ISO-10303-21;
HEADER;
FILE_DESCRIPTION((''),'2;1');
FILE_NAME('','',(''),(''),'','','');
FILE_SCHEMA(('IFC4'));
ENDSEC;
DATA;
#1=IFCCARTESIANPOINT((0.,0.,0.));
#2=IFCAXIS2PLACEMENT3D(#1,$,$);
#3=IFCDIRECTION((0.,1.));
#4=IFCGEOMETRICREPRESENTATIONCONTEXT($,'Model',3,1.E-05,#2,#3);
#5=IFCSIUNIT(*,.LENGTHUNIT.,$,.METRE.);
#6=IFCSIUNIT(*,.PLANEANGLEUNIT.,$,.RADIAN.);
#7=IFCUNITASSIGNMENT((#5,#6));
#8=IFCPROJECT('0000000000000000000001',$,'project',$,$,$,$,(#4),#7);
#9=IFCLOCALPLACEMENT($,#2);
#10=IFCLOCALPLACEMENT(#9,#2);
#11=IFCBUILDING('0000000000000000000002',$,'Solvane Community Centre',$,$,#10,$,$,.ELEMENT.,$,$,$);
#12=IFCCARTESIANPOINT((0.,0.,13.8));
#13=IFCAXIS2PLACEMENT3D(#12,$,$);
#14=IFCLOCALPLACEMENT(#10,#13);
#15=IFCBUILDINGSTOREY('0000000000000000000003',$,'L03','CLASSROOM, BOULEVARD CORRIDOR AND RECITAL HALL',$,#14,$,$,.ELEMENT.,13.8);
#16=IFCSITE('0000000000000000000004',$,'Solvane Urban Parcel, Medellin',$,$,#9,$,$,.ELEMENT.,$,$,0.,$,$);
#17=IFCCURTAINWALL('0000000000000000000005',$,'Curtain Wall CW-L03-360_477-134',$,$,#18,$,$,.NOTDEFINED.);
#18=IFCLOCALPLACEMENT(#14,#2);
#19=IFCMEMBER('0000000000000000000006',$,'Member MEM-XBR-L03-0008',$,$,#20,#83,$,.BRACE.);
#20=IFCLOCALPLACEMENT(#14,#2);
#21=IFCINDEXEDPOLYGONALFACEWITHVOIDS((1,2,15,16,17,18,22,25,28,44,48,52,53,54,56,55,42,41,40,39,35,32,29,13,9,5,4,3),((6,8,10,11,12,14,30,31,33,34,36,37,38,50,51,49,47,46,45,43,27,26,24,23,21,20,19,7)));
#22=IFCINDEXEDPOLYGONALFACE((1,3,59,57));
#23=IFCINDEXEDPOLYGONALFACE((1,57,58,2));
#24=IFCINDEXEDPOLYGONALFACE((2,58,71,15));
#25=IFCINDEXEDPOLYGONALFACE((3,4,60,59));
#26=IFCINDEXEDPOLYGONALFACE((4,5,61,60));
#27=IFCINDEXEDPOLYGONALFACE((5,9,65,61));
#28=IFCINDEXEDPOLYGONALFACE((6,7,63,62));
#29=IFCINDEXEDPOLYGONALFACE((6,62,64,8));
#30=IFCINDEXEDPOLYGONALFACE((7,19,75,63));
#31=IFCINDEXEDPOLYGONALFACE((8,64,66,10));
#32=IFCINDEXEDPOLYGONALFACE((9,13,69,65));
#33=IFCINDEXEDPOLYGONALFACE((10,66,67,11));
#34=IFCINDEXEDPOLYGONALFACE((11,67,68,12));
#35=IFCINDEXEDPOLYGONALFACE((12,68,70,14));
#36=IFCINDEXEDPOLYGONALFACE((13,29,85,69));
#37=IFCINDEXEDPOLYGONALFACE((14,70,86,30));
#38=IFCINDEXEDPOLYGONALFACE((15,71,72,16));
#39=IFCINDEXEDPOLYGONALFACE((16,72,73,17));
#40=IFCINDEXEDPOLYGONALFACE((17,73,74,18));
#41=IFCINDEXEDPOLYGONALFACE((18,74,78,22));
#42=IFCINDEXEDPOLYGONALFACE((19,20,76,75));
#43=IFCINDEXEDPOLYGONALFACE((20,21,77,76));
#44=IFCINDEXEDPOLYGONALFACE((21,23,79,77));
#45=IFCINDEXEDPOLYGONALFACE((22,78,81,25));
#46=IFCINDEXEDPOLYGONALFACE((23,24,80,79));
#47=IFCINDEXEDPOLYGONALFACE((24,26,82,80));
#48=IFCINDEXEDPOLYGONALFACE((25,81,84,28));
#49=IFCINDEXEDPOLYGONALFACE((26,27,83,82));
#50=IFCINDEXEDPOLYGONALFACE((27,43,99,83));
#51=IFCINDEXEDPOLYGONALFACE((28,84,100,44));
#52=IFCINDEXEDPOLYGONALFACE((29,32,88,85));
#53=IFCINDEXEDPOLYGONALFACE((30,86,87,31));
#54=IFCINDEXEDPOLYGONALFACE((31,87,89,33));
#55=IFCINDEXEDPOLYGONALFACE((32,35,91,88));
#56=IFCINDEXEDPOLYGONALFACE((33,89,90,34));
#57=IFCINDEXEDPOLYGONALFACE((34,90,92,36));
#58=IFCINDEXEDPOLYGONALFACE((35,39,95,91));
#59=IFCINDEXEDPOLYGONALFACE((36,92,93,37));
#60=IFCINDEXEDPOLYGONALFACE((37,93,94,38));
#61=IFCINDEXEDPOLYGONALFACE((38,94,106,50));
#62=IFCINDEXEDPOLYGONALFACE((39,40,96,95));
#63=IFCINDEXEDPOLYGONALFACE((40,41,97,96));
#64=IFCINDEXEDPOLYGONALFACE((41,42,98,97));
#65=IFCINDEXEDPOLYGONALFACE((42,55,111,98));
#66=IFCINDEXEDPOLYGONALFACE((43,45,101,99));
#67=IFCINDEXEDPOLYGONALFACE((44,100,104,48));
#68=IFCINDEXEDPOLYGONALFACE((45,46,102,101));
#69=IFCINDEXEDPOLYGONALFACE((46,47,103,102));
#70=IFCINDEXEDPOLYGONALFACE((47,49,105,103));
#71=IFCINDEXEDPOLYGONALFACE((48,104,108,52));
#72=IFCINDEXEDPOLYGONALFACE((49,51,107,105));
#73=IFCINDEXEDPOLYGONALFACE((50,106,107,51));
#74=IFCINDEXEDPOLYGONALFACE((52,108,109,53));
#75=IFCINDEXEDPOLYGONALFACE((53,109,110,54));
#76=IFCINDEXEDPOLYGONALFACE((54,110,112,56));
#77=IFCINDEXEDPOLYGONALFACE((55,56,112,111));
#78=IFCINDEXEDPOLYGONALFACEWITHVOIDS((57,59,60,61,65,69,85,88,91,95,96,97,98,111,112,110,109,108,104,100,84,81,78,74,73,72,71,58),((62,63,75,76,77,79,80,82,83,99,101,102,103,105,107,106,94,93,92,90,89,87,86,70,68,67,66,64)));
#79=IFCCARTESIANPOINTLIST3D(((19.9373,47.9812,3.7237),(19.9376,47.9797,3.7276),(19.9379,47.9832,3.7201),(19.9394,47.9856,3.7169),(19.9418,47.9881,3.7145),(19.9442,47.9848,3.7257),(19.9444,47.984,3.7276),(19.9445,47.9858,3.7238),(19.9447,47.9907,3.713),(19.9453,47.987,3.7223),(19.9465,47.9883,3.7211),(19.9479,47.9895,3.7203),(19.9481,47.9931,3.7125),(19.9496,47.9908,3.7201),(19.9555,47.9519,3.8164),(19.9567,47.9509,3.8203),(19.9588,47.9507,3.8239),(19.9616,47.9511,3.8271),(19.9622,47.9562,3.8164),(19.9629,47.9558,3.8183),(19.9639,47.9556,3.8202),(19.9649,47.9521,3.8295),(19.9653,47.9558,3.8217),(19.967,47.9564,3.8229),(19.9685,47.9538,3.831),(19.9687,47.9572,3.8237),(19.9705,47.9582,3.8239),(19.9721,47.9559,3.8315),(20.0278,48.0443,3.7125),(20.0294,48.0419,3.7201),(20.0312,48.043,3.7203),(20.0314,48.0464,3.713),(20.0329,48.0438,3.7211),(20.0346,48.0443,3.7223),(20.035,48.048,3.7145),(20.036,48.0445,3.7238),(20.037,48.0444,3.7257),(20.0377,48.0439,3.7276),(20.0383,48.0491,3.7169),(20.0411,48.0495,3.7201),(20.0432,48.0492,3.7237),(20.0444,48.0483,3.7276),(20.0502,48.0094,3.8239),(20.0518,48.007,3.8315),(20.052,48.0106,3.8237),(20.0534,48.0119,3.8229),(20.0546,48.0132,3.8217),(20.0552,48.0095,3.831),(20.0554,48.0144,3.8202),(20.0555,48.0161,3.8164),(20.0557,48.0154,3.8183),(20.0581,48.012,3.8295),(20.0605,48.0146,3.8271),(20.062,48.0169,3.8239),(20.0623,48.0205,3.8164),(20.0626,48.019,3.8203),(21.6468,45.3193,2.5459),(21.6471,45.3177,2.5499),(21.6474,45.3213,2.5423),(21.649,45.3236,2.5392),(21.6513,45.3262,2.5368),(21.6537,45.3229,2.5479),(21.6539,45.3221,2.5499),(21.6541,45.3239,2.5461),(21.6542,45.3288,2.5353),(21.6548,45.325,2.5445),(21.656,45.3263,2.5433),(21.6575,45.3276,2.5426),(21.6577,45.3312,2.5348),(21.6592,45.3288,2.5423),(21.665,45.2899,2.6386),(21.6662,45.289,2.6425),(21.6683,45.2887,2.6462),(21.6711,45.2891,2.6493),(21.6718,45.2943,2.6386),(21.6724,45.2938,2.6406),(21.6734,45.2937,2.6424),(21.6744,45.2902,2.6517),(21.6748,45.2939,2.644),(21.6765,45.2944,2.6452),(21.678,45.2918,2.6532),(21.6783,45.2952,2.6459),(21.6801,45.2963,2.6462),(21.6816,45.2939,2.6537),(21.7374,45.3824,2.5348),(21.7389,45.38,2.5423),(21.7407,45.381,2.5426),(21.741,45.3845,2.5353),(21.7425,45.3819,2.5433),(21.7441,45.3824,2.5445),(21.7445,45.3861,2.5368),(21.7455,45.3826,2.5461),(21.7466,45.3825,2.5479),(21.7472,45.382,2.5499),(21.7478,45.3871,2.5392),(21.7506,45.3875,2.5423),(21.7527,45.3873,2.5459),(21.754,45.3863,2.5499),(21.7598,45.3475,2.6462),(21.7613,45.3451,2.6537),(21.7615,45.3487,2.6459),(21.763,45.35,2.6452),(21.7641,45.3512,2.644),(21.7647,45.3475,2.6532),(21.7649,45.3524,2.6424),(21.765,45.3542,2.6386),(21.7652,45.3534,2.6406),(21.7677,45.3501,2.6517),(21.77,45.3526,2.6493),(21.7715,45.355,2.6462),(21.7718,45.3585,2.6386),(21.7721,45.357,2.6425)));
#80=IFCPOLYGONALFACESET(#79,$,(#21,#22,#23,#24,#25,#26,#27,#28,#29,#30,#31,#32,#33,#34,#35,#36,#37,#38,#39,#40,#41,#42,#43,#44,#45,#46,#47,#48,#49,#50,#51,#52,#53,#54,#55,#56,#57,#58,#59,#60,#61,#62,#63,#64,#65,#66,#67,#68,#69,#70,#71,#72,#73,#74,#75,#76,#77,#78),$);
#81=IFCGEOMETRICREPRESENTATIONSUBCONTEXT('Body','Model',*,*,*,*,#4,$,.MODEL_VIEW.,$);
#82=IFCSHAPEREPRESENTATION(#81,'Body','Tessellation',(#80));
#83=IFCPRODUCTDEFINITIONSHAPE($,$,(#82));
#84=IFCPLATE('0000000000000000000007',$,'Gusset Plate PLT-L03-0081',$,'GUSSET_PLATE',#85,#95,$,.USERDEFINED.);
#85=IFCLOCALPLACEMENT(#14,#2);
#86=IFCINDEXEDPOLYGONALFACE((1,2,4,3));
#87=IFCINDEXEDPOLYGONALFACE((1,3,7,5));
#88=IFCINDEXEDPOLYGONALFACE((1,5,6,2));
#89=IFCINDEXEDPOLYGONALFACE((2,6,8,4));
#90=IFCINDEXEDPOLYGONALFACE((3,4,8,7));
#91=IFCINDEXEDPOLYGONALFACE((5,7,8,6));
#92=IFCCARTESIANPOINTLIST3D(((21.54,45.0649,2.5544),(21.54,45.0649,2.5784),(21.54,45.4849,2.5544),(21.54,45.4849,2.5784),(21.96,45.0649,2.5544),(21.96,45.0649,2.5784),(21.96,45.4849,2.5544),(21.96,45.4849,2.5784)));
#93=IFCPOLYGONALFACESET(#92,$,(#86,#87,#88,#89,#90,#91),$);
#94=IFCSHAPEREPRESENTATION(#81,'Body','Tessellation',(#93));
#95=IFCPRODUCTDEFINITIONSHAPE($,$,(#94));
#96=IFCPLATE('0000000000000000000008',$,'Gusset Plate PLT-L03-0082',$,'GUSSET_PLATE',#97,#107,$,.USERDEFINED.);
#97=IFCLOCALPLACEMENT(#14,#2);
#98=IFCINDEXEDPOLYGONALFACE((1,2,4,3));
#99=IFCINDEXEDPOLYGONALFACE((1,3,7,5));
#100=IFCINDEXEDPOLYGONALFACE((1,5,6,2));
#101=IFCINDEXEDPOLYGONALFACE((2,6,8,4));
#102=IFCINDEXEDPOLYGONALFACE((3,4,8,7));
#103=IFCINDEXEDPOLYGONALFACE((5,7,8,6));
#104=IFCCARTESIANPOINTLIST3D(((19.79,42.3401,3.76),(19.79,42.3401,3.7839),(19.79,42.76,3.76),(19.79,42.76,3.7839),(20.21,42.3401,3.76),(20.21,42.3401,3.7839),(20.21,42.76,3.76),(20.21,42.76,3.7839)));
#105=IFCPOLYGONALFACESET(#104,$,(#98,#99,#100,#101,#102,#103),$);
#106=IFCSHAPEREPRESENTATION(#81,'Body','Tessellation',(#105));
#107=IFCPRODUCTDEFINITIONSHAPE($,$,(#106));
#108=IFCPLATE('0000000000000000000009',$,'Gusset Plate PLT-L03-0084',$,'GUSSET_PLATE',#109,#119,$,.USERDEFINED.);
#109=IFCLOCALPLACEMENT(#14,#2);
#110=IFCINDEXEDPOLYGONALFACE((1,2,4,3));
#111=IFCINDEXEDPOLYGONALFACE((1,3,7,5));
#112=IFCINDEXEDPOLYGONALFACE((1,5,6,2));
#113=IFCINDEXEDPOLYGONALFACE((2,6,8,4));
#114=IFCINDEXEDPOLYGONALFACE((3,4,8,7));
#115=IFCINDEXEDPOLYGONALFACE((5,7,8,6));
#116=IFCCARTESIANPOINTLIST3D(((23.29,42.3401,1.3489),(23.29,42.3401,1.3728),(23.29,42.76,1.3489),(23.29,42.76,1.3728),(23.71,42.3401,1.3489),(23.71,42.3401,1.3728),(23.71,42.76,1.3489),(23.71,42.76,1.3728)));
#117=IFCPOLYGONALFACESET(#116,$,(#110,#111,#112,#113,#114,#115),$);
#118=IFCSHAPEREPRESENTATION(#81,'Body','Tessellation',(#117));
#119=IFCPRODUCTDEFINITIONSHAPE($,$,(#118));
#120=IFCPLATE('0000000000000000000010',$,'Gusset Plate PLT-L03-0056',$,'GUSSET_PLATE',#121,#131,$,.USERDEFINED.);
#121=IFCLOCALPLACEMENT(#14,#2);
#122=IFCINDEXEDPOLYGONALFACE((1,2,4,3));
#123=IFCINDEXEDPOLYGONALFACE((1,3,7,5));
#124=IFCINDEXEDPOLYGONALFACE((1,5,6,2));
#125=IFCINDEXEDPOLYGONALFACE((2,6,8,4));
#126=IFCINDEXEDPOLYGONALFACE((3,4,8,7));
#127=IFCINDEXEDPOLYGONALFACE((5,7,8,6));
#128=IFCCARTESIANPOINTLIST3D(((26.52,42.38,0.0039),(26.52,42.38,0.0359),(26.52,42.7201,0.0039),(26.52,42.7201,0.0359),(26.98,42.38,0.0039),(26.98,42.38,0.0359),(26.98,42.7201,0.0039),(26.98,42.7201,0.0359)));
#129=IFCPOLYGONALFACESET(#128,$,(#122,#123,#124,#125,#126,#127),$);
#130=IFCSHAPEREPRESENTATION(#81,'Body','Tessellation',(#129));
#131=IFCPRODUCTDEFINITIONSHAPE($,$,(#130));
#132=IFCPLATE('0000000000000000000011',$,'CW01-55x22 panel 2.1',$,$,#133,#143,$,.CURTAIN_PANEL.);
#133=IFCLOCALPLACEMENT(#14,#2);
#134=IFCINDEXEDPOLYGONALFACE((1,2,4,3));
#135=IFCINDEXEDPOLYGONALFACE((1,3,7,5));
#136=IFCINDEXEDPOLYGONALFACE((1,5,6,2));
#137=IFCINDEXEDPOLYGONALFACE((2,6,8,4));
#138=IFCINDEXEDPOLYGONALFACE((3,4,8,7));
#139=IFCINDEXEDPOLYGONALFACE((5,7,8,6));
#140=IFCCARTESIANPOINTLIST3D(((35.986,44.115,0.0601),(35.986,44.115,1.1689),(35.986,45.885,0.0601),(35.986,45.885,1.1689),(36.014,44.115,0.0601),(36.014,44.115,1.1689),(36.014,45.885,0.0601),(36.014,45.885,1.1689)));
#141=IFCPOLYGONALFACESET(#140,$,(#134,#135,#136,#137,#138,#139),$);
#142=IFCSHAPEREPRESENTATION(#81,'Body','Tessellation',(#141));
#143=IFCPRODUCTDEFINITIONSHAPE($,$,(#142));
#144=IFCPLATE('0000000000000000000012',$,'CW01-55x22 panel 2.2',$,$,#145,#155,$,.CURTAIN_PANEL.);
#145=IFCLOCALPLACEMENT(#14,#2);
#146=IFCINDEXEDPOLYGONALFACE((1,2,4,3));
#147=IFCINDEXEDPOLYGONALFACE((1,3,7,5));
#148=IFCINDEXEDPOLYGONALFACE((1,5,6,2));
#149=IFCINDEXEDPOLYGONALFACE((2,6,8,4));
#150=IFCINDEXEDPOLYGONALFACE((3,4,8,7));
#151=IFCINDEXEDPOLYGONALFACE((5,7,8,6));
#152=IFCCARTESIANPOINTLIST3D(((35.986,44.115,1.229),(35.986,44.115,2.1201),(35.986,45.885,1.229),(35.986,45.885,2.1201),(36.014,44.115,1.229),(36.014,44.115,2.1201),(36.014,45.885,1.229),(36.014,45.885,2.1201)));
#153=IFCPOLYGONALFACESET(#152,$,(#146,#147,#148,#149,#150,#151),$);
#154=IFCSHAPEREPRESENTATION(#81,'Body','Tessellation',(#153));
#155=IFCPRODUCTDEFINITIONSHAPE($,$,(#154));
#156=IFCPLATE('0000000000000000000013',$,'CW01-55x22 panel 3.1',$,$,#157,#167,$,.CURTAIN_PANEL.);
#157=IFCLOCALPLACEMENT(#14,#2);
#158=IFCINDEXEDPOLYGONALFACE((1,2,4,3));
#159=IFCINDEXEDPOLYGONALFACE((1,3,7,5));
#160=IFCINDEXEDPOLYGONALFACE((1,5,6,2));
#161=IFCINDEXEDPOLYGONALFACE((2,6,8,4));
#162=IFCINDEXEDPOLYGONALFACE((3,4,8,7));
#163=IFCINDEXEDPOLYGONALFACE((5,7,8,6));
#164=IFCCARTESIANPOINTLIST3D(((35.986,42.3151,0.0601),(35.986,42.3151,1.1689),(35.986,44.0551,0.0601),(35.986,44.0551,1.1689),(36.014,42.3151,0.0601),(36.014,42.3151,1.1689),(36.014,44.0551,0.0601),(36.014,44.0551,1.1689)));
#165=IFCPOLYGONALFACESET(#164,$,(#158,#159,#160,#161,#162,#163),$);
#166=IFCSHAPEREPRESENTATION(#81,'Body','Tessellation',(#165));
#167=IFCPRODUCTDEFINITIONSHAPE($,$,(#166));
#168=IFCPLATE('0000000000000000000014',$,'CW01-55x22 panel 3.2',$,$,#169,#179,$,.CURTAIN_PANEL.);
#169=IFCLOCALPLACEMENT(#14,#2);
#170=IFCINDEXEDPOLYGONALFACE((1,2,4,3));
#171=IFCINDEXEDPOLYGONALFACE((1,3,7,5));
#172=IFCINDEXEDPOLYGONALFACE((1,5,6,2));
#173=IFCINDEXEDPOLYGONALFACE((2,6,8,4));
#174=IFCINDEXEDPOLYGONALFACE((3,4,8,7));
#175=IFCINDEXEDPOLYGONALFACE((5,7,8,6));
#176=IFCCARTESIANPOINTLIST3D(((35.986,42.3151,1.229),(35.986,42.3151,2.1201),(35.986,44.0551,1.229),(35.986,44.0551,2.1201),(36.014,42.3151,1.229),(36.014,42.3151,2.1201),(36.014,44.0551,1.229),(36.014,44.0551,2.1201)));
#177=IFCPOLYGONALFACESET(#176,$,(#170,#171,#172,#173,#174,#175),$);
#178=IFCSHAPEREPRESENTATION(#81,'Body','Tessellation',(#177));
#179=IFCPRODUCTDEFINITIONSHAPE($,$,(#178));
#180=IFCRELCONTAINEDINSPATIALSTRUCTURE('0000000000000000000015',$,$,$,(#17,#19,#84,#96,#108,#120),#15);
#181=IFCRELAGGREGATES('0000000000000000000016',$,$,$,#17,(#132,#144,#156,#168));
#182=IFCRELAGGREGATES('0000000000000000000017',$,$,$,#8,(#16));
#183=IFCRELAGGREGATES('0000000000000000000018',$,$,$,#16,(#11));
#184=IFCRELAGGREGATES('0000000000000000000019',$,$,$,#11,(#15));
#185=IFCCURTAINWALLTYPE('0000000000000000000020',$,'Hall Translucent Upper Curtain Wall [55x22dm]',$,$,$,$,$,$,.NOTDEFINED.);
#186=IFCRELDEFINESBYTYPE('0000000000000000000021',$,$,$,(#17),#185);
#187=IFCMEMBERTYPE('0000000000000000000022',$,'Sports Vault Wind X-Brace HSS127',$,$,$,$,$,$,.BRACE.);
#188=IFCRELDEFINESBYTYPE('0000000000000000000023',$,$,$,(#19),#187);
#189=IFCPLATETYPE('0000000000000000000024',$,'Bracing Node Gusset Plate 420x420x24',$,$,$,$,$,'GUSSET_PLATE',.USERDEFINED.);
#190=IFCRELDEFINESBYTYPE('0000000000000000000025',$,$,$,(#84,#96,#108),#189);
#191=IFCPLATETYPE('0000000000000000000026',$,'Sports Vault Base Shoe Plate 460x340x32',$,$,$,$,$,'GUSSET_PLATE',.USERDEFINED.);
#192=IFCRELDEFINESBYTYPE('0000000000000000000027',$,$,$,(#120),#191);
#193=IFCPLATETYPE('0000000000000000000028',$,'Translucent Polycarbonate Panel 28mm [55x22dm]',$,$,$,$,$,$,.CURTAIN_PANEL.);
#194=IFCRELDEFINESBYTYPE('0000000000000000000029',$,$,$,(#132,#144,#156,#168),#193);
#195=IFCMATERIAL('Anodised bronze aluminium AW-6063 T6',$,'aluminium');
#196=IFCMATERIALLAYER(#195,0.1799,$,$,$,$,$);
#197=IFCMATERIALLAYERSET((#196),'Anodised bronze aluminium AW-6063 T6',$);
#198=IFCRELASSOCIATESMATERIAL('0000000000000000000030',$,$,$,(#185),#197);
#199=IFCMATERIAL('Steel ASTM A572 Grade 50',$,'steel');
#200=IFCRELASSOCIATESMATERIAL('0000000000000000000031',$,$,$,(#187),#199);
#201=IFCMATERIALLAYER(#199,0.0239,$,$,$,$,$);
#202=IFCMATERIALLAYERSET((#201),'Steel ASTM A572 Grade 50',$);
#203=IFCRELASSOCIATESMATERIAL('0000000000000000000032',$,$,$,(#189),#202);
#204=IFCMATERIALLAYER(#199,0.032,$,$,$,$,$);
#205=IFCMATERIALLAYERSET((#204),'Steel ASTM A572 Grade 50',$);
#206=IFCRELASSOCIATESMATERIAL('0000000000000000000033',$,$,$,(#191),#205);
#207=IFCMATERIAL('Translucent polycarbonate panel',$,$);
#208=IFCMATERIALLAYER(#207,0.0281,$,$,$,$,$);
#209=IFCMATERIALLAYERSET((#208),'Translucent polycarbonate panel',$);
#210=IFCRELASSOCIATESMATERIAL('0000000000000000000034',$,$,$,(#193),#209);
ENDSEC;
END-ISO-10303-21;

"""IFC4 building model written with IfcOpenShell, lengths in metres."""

from ifc_helpers import new_model, si_unit, direction, frame, origin, origin_2d, place, context, subcontext, project, spatial, rectangle, hollow_rectangle, extrude, material, layer, layer_set, material_profile, profile_set, type_object, element, aggregate, save


model = new_model("IFC4")

# Units and contexts
model_context = context("Model", 3, precision=1e-05, world=origin(), true_north=direction((0.0, 1.0)))
body_context = subcontext(model_context, "Body", "Model", "MODEL_VIEW")
ifc_project = project(units=[si_unit("LENGTHUNIT", "METRE"), si_unit("PLANEANGLEUNIT", "RADIAN")], contexts=[model_context])

# Site, building, storey
site_placement = place(None, origin())
site = spatial("IfcSite", under=ifc_project, at=site_placement, Name="Solvane Urban Parcel, Medellin", CompositionType="ELEMENT", RefElevation=0.0)
building_placement = place(site_placement, origin())
building = spatial("IfcBuilding", under=site, at=building_placement, Name="Solvane Community Centre", CompositionType="ELEMENT")
storey_placement = place(building_placement, frame((0.0, 0.0, 13.8)))
storey = spatial("IfcBuildingStorey", under=building, at=storey_placement, Name="L03", Description="CLASSROOM, BOULEVARD CORRIDOR AND RECITAL HALL", CompositionType="ELEMENT", Elevation=13.8)

# Curtain wall
ifc_material_1 = material(Name="Anodised bronze aluminium AW-6063 T6", Category="aluminium")
ifc_layer_1 = layer(ifc_material_1, 0.1799)
ifc_layer_set_1 = layer_set([ifc_layer_1], Name="Anodised bronze aluminium AW-6063 T6")
curtain_wall_type = type_object("IfcCurtainWallType", Name="Hall Translucent Upper Curtain Wall [55x22dm]", PredefinedType="NOTDEFINED", material=ifc_layer_set_1)
curtain_wall_placement = place(storey_placement, origin())
curtain_wall = element("IfcCurtainWall", 1, at=curtain_wall_placement, inside=storey, type_object=curtain_wall_type, Name="Curtain Wall CW-L03-360_477-134", PredefinedType="NOTDEFINED")

# Member
ifc_material_2 = material(Name="Steel ASTM A572 Grade 50", Category="steel")
ifc_material_profile_1 = material_profile(ifc_material_2, hollow_rectangle(XDim=0.127, YDim=0.127, WallThickness=0.0081, InnerFilletRadius=0.0081, OuterFilletRadius=0.0161, at=origin_2d()), Name="HSS 127x127x8.0")
ifc_profile_set_1 = profile_set([ifc_material_profile_1], Name="Steel ASTM A572 Grade 50")
member_type_1 = type_object("IfcMemberType", Name="Sports Vault Wind X-Brace HSS127", PredefinedType="BRACE", material=ifc_profile_set_1)
for number, where, z_axis, x_axis, name in (
    (2, (21.7095, 45.3381, 2.5942), (-0.506416, 0.788553, 0.348893), (-0.841427, -0.540371, 0.0), "Member MEM-XBR-L03-0008"),
):
    element("IfcMember", number, at=place(storey_placement, frame(where, z_axis=z_axis, x_axis=x_axis)), inside=storey, type_object=member_type_1, Name=name, PredefinedType="BRACE", context=body_context, shape_type="SweptSolid", body=[
        extrude(hollow_rectangle(XDim=0.127, YDim=0.127, WallThickness=0.0081, InnerFilletRadius=0.0081, OuterFilletRadius=0.0161, at=origin_2d()), origin(), (0.0, 0.0, 1.0), 3.3757),
    ])

# Plates
ifc_layer_2 = layer(ifc_material_2, 0.0239)
ifc_layer_set_2 = layer_set([ifc_layer_2], Name="Steel ASTM A572 Grade 50")
plate_type_1 = type_object("IfcPlateType", Name="Bracing Node Gusset Plate 420x420x24", ElementType="GUSSET_PLATE", PredefinedType="USERDEFINED", material=ifc_layer_set_2)
for number, where, z_axis, x_axis, name in (
    (3, (21.75, 45.2749, 2.5544), (0.0, 0.0, 1.0), (1.0, 0.0, 0.0), "Gusset Plate PLT-L03-0081"),
    (4, (20.0, 42.55, 3.76), (0.0, 0.0, 1.0), (1.0, 0.0, 0.0), "Gusset Plate PLT-L03-0082"),
    (5, (23.5, 42.55, 1.3489), (0.0, 0.0, 1.0), (1.0, 0.0, 0.0), "Gusset Plate PLT-L03-0084"),
):
    element("IfcPlate", number, at=place(storey_placement, frame(where, z_axis=z_axis, x_axis=x_axis)), inside=storey, type_object=plate_type_1, Name=name, ObjectType="GUSSET_PLATE", PredefinedType="USERDEFINED", context=body_context, shape_type="SweptSolid", body=[
        extrude(rectangle(XDim=0.4199, YDim=0.4199, at=origin_2d()), origin(), (0.0, 0.0, 1.0), 0.0239),
    ])
ifc_layer_3 = layer(ifc_material_2, 0.032)
ifc_layer_set_3 = layer_set([ifc_layer_3], Name="Steel ASTM A572 Grade 50")
plate_type_2 = type_object("IfcPlateType", Name="Sports Vault Base Shoe Plate 460x340x32", ElementType="GUSSET_PLATE", PredefinedType="USERDEFINED", material=ifc_layer_set_3)
plate_1_placement = place(storey_placement, frame((26.75, 42.55, 0.0039), z_axis=(0.0, 0.0, 1.0), x_axis=(1.0, 0.0, 0.0)))
element("IfcPlate", 6, at=plate_1_placement, inside=storey, type_object=plate_type_2, Name="Gusset Plate PLT-L03-0056", ObjectType="GUSSET_PLATE", PredefinedType="USERDEFINED", context=body_context, shape_type="SweptSolid", body=[
    extrude(rectangle(XDim=0.46, YDim=0.3401, at=origin_2d()), origin(), (0.0, 0.0, 1.0), 0.032),
])

# Plates
ifc_material_3 = material(Name="Translucent polycarbonate panel")
ifc_layer_4 = layer(ifc_material_3, 0.0281)
ifc_layer_set_4 = layer_set([ifc_layer_4], Name="Translucent polycarbonate panel")
plate_type_3 = type_object("IfcPlateType", Name="Translucent Polycarbonate Panel 28mm [55x22dm]", PredefinedType="CURTAIN_PANEL", material=ifc_layer_set_4)
plate_2_placement = place(storey_placement, frame((36.0, 45.0, 0.0601), z_axis=(0.0, 0.0, 1.0), x_axis=(0.0, -1.0, 0.0)))
plate_2 = element("IfcPlate", 7, at=plate_2_placement, type_object=plate_type_3, Name="CW01-55x22 panel 2.1", PredefinedType="CURTAIN_PANEL", context=body_context, shape_type="SweptSolid", body=[
    extrude(rectangle(XDim=1.77, YDim=0.0281, at=origin_2d()), origin(), (0.0, 0.0, 1.0), 1.1089),
])
plate_3_placement = place(storey_placement, frame((36.0, 45.0, 1.229), z_axis=(0.0, 0.0, 1.0), x_axis=(0.0, -1.0, 0.0)))
plate_3 = element("IfcPlate", 8, at=plate_3_placement, type_object=plate_type_3, Name="CW01-55x22 panel 2.2", PredefinedType="CURTAIN_PANEL", context=body_context, shape_type="SweptSolid", body=[
    extrude(rectangle(XDim=1.77, YDim=0.0281, at=origin_2d()), origin(), (0.0, 0.0, 1.0), 0.8911),
])
plate_4_placement = place(storey_placement, frame((36.0, 43.1851, 0.0601), z_axis=(0.0, 0.0, 1.0), x_axis=(0.0, -1.0, 0.0)))
plate_4 = element("IfcPlate", 9, at=plate_4_placement, type_object=plate_type_3, Name="CW01-55x22 panel 3.1", PredefinedType="CURTAIN_PANEL", context=body_context, shape_type="SweptSolid", body=[
    extrude(rectangle(XDim=1.74, YDim=0.0281, at=origin_2d()), origin(), (0.0, 0.0, 1.0), 1.1089),
])
plate_5_placement = place(storey_placement, frame((36.0, 43.1851, 1.229), z_axis=(0.0, 0.0, 1.0), x_axis=(0.0, -1.0, 0.0)))
plate_5 = element("IfcPlate", 10, at=plate_5_placement, type_object=plate_type_3, Name="CW01-55x22 panel 3.2", PredefinedType="CURTAIN_PANEL", context=body_context, shape_type="SweptSolid", body=[
    extrude(rectangle(XDim=1.74, YDim=0.0281, at=origin_2d()), origin(), (0.0, 0.0, 1.0), 0.8911),
])
aggregate(curtain_wall, [plate_2, plate_3, plate_4, plate_5])

save(model, "model.ifc")
